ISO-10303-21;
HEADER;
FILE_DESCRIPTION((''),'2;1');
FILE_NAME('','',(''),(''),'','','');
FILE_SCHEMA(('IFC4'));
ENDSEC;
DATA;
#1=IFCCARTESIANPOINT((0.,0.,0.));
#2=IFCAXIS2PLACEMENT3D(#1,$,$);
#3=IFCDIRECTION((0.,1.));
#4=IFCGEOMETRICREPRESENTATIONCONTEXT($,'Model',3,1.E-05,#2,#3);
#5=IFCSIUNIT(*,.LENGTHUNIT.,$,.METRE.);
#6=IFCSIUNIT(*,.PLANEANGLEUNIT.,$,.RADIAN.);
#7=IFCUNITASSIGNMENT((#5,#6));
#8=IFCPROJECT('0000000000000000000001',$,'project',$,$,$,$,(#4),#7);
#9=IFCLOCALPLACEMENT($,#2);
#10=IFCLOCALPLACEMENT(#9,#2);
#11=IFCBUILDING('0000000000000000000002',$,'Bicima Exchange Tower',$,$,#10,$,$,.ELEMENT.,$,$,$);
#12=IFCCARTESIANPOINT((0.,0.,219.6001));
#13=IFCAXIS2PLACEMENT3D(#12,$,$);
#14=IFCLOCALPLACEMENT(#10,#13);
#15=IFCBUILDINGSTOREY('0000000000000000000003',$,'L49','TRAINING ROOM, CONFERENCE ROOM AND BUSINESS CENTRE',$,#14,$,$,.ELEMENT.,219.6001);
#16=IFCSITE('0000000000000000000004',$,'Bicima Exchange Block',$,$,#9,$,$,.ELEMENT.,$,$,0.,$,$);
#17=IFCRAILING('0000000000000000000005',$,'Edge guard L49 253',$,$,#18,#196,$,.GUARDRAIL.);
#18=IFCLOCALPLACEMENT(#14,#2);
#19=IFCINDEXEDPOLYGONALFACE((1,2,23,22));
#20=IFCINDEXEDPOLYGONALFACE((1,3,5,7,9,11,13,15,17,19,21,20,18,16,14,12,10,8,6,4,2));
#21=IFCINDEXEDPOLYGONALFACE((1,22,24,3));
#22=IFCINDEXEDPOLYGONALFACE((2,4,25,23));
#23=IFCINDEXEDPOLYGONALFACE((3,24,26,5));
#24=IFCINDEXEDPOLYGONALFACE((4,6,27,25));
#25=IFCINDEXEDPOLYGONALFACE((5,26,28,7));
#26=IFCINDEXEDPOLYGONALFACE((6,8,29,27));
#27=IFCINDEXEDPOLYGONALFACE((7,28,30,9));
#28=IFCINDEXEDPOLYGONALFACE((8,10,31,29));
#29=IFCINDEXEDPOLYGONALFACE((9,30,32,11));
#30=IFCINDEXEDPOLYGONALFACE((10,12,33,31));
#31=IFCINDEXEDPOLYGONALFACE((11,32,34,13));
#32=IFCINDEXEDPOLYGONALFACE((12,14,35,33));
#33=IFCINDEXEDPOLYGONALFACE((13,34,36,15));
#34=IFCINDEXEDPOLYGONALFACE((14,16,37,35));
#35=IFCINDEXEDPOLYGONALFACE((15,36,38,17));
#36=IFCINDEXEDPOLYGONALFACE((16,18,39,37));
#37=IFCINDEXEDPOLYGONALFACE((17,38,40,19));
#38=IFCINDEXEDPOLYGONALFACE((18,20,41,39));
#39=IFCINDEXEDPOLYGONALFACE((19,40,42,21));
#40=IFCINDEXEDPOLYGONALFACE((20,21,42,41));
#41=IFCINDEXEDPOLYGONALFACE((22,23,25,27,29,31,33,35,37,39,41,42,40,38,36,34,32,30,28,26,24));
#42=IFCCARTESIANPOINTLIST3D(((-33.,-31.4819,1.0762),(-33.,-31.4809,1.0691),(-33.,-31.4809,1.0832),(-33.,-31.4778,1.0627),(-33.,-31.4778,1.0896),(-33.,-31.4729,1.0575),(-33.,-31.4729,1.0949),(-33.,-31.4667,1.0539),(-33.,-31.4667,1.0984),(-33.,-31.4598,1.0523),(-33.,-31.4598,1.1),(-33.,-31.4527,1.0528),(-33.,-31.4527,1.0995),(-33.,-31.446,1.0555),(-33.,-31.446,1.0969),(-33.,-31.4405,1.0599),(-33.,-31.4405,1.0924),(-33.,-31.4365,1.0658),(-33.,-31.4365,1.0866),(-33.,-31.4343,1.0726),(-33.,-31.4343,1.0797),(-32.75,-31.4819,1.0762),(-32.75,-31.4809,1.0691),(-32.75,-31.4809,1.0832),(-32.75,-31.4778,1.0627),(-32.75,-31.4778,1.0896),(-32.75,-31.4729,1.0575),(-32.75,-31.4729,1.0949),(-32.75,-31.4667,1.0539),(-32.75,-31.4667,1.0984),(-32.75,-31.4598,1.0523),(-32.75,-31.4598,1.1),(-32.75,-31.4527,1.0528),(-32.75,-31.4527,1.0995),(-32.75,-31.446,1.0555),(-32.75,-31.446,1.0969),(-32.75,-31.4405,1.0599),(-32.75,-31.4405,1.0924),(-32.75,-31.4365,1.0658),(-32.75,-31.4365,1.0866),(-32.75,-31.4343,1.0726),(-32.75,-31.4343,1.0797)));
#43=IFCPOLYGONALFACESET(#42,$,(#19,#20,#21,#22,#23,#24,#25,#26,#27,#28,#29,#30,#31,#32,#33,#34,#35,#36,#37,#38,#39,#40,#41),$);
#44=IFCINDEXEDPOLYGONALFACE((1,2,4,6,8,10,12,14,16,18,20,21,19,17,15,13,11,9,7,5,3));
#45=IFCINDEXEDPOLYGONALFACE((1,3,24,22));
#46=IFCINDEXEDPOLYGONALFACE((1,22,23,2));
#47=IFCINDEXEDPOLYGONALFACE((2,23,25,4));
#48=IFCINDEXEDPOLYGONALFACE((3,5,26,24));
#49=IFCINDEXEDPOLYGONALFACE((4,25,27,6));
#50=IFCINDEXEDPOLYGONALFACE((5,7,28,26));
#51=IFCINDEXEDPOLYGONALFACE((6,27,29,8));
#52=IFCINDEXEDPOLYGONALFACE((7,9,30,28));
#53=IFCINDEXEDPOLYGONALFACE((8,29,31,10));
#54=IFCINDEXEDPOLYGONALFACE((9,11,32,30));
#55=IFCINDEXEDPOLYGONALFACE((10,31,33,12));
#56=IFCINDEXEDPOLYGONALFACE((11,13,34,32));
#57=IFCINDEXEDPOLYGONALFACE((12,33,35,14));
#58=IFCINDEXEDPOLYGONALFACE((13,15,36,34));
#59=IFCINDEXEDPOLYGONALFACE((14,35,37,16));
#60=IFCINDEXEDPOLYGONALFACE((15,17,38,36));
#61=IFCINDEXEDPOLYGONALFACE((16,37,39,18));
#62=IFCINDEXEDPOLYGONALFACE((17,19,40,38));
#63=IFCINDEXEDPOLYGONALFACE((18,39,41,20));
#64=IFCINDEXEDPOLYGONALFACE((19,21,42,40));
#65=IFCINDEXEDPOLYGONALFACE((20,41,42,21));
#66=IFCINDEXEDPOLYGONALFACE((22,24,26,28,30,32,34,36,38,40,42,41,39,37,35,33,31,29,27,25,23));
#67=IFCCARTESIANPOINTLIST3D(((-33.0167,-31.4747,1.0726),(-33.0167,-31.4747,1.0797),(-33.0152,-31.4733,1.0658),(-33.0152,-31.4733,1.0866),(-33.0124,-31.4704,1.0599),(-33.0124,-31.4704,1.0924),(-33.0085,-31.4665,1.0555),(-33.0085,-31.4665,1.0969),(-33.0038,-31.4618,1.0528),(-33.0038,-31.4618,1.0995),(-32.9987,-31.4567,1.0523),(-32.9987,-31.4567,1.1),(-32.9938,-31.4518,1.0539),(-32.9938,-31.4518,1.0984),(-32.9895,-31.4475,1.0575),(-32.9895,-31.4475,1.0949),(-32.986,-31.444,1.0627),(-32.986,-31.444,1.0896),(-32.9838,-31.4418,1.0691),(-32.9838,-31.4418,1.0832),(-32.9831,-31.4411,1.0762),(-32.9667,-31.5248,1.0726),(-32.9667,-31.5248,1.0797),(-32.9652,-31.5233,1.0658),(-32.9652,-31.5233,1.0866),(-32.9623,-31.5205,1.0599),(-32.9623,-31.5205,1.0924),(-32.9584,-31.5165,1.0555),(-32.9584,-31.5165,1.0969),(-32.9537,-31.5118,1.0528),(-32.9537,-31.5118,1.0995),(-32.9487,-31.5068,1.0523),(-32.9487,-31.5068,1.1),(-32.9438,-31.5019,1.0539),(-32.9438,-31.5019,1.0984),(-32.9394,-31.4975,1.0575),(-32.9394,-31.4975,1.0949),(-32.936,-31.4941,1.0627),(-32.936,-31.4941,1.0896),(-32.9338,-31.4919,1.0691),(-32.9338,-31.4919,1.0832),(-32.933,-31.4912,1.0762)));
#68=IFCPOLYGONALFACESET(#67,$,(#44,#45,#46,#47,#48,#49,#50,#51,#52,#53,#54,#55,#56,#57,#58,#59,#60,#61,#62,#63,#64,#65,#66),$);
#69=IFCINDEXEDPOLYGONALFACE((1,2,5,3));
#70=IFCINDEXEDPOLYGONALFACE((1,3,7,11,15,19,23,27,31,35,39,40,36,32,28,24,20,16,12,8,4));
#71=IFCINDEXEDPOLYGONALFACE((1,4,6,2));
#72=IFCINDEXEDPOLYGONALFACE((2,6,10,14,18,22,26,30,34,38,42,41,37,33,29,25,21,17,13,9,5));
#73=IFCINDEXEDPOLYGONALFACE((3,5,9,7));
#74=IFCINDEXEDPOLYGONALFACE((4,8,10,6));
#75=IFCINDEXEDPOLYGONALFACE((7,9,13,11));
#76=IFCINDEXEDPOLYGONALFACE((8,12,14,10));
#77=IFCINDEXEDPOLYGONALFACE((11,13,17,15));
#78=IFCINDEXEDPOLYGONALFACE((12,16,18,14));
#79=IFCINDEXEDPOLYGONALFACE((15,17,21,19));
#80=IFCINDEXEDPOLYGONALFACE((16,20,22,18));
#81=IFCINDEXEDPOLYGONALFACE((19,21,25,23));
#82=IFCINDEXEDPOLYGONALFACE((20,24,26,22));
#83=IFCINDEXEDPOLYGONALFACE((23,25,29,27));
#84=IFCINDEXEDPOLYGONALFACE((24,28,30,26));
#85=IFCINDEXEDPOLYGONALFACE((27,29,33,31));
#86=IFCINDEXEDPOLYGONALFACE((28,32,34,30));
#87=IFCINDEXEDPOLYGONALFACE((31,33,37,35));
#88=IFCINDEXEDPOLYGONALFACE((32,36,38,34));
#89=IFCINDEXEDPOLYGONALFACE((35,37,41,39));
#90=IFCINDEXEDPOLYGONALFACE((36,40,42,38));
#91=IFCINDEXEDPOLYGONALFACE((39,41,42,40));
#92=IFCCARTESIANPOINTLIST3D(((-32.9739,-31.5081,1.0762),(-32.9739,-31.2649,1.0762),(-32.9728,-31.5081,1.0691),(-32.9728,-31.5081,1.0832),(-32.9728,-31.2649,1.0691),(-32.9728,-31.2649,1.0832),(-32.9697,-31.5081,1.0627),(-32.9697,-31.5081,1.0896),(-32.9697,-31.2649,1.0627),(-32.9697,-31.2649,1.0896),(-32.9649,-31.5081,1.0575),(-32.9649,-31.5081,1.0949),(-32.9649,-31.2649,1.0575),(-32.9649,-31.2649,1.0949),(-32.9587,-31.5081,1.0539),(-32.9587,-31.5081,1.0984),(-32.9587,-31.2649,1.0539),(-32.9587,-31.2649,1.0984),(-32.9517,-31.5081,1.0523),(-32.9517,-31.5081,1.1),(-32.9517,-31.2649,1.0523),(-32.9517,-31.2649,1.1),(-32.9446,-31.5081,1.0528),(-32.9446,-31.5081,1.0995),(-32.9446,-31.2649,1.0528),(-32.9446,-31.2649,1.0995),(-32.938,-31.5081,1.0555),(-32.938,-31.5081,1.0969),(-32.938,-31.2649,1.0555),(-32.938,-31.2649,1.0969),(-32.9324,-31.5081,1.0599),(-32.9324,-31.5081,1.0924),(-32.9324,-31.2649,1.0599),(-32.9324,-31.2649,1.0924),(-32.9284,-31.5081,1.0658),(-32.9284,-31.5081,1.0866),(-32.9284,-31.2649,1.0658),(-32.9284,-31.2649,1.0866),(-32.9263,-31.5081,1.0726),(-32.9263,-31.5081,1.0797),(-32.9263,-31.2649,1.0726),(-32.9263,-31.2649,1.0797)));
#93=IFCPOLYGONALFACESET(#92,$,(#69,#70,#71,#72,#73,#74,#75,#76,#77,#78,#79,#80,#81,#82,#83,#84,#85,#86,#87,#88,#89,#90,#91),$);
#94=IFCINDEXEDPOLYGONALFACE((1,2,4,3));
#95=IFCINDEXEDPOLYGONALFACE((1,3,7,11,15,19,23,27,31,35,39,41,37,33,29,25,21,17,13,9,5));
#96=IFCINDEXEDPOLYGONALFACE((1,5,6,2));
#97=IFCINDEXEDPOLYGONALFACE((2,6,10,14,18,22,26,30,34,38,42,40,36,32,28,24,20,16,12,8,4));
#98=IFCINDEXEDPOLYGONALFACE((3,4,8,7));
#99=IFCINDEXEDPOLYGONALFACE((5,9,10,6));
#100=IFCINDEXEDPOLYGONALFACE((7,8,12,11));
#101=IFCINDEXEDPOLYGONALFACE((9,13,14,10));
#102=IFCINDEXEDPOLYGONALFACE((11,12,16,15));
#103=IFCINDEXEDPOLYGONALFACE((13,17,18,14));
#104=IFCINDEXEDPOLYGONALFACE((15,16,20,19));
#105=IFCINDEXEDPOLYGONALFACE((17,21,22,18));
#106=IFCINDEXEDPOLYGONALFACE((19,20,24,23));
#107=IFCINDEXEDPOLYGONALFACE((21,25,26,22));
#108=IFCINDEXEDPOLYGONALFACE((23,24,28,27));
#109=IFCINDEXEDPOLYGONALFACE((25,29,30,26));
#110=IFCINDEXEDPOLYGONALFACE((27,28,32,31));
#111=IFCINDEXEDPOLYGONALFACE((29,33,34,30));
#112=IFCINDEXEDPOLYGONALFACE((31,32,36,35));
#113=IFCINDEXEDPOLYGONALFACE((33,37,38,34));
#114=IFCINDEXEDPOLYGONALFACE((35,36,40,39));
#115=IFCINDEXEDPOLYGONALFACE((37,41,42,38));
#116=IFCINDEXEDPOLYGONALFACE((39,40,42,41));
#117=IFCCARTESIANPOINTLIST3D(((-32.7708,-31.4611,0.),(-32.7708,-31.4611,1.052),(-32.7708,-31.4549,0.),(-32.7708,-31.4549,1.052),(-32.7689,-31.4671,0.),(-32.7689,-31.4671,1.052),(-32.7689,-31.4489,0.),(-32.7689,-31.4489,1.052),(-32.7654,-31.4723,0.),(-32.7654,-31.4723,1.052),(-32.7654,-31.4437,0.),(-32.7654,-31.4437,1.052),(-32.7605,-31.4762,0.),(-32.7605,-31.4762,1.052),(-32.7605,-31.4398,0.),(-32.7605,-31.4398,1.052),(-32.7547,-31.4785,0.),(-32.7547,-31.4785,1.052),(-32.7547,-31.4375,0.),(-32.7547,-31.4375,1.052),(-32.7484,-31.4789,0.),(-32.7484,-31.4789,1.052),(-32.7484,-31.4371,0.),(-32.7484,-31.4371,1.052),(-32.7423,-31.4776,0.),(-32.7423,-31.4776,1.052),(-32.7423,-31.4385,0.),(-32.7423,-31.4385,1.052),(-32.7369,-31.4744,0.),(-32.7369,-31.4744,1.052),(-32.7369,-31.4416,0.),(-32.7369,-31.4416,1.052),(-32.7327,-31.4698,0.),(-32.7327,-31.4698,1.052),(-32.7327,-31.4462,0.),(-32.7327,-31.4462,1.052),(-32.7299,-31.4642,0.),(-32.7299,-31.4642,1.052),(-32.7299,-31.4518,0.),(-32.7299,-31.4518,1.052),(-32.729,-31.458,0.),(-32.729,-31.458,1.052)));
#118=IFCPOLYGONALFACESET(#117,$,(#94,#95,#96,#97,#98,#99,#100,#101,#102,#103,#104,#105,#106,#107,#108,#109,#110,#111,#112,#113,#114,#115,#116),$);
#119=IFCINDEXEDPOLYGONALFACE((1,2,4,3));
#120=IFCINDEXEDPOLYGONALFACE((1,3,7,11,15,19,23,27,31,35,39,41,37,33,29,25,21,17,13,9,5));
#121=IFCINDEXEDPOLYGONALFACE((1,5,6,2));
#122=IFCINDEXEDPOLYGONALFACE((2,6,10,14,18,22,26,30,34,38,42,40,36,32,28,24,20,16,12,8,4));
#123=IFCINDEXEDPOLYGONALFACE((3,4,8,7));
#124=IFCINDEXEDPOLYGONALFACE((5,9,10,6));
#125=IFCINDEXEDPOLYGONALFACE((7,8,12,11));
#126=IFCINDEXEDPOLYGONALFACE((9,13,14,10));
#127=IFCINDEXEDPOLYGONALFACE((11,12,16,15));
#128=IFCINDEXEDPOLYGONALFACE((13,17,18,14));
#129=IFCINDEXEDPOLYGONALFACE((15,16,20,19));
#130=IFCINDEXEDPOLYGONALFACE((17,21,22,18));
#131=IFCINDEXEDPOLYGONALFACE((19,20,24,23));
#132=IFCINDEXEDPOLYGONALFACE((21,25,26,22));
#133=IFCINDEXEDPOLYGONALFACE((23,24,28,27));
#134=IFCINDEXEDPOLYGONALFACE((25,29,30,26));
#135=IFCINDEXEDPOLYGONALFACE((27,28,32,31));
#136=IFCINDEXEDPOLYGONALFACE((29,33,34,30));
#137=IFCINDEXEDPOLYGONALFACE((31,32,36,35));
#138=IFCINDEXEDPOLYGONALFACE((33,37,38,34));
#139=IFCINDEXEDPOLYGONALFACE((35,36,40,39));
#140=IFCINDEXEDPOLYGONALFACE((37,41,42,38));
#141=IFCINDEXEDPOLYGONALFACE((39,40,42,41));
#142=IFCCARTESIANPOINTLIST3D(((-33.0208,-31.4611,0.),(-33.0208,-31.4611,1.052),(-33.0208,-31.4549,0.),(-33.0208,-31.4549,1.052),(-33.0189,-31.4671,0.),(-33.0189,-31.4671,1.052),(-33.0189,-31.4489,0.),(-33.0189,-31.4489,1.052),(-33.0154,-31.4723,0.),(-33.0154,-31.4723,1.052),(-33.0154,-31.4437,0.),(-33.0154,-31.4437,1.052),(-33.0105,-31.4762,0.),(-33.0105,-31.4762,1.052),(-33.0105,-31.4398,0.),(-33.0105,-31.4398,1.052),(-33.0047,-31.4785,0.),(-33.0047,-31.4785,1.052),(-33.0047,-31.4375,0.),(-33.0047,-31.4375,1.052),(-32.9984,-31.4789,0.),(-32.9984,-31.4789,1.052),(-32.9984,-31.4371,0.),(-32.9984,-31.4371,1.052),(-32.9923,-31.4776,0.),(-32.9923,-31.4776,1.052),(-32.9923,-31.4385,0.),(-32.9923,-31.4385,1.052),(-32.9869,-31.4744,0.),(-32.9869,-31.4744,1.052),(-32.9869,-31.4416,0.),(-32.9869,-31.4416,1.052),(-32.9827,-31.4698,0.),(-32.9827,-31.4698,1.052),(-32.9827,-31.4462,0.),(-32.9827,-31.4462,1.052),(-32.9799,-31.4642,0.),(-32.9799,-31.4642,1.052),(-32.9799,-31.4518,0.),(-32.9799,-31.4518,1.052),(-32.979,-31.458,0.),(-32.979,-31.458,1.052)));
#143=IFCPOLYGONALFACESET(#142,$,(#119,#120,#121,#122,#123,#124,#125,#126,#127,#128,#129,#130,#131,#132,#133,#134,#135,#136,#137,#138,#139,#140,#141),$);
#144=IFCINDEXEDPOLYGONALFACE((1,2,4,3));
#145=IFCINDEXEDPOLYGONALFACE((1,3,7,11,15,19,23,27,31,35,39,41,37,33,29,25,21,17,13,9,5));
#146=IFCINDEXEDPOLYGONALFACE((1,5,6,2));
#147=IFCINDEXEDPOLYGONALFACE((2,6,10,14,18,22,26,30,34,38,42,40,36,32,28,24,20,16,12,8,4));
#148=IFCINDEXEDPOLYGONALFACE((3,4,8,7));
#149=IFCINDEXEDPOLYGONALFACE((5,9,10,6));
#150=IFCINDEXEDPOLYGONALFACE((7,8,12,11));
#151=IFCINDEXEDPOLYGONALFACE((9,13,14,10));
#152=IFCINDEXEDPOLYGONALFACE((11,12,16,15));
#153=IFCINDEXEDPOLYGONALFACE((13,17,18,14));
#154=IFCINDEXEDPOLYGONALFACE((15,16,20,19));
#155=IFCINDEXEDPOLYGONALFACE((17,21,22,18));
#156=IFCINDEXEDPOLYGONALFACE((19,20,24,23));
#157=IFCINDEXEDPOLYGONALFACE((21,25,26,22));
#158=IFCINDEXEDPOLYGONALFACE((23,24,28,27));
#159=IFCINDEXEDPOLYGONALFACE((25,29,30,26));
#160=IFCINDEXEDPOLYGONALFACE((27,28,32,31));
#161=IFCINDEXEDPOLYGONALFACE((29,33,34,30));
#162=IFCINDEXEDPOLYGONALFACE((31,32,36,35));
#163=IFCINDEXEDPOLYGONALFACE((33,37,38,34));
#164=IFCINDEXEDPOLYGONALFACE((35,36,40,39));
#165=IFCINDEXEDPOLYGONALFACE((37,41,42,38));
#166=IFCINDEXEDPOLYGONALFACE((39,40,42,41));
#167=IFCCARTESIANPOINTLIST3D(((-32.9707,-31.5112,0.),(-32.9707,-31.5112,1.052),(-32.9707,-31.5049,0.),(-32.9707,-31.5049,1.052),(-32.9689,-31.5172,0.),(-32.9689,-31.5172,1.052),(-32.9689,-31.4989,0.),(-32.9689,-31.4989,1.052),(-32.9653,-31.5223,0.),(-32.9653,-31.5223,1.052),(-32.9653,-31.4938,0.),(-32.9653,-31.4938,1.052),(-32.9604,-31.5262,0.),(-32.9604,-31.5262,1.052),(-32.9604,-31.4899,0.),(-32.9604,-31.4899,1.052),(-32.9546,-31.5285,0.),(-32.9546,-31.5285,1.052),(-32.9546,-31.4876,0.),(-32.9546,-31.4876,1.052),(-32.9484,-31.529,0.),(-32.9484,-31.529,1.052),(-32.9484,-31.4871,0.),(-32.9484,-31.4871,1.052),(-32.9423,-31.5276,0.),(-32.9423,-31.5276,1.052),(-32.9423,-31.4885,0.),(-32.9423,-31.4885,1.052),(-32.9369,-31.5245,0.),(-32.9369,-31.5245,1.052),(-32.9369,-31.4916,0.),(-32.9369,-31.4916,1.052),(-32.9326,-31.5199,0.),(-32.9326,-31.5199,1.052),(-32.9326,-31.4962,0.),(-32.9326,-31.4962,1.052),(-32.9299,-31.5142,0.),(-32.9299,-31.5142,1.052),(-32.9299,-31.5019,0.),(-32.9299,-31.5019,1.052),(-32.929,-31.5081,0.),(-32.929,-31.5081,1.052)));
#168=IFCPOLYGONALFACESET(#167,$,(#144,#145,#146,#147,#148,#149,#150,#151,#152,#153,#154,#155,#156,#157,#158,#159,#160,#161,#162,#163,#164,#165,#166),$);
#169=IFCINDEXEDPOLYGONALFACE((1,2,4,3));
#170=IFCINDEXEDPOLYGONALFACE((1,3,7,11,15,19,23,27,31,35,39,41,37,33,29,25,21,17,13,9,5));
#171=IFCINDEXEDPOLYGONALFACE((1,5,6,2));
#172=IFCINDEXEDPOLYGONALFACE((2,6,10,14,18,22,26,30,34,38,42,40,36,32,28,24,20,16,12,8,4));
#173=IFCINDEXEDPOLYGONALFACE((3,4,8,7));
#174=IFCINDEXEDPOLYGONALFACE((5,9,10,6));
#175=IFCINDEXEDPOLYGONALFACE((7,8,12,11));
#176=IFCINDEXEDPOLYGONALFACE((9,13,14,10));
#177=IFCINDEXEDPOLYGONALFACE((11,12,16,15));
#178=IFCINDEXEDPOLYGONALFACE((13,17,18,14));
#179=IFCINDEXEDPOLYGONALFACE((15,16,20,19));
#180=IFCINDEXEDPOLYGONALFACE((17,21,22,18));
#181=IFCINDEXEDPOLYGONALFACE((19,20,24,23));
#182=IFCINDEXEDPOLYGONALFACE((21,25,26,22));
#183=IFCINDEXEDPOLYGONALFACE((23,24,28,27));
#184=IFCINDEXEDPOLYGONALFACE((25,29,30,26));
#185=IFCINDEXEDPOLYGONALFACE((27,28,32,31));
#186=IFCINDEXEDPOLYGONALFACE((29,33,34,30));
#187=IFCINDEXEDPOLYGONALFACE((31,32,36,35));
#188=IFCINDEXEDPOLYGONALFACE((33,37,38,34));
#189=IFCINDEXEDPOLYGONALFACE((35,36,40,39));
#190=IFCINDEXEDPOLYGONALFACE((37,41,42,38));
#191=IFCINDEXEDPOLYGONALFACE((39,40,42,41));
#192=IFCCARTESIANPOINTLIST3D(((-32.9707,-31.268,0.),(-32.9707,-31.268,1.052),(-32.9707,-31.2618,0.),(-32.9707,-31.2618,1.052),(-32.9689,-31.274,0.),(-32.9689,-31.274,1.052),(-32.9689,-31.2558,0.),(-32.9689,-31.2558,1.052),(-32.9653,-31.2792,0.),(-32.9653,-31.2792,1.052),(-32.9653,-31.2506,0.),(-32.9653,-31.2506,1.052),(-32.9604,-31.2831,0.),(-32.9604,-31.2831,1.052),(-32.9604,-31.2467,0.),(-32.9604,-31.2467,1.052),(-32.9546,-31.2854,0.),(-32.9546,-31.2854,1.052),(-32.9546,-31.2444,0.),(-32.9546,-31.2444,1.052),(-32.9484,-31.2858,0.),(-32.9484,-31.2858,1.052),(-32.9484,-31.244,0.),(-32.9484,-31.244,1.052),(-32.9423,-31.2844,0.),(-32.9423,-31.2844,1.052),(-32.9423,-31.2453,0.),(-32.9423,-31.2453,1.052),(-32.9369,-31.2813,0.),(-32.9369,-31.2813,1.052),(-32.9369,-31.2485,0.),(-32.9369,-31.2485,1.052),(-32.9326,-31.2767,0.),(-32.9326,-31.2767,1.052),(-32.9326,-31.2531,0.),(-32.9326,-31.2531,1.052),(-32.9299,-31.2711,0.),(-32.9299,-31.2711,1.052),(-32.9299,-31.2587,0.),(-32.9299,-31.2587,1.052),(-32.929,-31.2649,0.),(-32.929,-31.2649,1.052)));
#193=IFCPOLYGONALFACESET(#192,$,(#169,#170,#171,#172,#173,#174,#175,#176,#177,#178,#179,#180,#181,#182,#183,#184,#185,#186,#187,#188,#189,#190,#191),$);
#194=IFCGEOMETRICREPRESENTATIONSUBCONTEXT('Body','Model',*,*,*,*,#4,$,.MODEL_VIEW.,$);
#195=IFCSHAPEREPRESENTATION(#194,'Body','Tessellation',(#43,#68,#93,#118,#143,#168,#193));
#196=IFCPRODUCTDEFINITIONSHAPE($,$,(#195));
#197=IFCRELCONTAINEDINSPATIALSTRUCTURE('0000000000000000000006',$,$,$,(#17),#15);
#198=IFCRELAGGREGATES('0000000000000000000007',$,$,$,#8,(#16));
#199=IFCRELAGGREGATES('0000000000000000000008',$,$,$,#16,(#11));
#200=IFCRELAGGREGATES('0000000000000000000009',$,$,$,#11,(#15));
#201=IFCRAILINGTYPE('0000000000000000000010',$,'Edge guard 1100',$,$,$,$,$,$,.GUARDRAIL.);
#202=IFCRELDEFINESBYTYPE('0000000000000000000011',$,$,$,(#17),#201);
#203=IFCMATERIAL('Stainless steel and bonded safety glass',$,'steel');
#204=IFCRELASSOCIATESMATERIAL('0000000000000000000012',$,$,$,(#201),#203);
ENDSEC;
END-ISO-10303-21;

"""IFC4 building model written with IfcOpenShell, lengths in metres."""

from ifc_helpers import new_model, si_unit, direction, frame, origin, origin_2d, place, context, subcontext, project, spatial, circle, extrude, material, type_object, element, save


model = new_model("IFC4")

# Units and contexts
model_context = context("Model", 3, precision=1e-05, world=origin(), true_north=direction((0.0, 1.0)))
body_context = subcontext(model_context, "Body", "Model", "MODEL_VIEW")
ifc_project = project(units=[si_unit("LENGTHUNIT", "METRE"), si_unit("PLANEANGLEUNIT", "RADIAN")], contexts=[model_context])

# Site, building, storey
site_placement = place(None, origin())
site = spatial("IfcSite", under=ifc_project, at=site_placement, Name="Bicima Exchange Block", CompositionType="ELEMENT", RefElevation=0.0)
building_placement = place(site_placement, origin())
building = spatial("IfcBuilding", under=site, at=building_placement, Name="Bicima Exchange Tower", CompositionType="ELEMENT")
storey_placement = place(building_placement, frame((0.0, 0.0, 219.6001)))
storey = spatial("IfcBuildingStorey", under=building, at=storey_placement, Name="L49", Description="TRAINING ROOM, CONFERENCE ROOM AND BUSINESS CENTRE", CompositionType="ELEMENT", Elevation=219.6001)

# Railing
ifc_material_1 = material(Name="Stainless steel and bonded safety glass", Category="steel")
railing_type = type_object("IfcRailingType", Name="Edge guard 1100", PredefinedType="GUARDRAIL", material=ifc_material_1)
railing_1_placement = place(storey_placement, frame((-32.75, -31.458, 0.0)))
element("IfcRailing", 1, at=railing_1_placement, inside=storey, type_object=railing_type, Name="Edge guard L49 253", PredefinedType="GUARDRAIL", context=body_context, shape_type="SweptSolid", body=[
    extrude(circle(Radius=0.0239, at=origin_2d()), frame((0.0, 0.0, 1.0762), z_axis=(-1.0, 0.0, 0.0), x_axis=(0.0, -1.0, 0.0)), (0.0, 0.0, 1.0), 0.25),
    extrude(circle(Radius=0.0239, at=origin_2d()), frame((-0.25, 0.0, 1.0762), z_axis=(0.707107, -0.707107, 0.0), x_axis=(0.707107, 0.707107, 0.0)), (0.0, 0.0, 1.0), 0.0708),
    extrude(circle(Radius=0.0239, at=origin_2d()), frame((-0.2, -0.05, 1.0762), z_axis=(0.0, 1.0, 0.0), x_axis=(-1.0, 0.0, 0.0)), (0.0, 0.0, 1.0), 0.2432),
    extrude(circle(Radius=0.021, at=origin_2d()), origin(), (0.0, 0.0, 1.0), 1.052),
    extrude(circle(Radius=0.021, at=origin_2d()), frame((-0.25, 0.0, 0.0)), (0.0, 0.0, 1.0), 1.052),
    extrude(circle(Radius=0.021, at=origin_2d()), frame((-0.2, -0.05, 0.0)), (0.0, 0.0, 1.0), 1.052),
    extrude(circle(Radius=0.021, at=origin_2d()), frame((-0.2, 0.1931, 0.0)), (0.0, 0.0, 1.0), 1.052),
])

save(model, "model.ifc")
